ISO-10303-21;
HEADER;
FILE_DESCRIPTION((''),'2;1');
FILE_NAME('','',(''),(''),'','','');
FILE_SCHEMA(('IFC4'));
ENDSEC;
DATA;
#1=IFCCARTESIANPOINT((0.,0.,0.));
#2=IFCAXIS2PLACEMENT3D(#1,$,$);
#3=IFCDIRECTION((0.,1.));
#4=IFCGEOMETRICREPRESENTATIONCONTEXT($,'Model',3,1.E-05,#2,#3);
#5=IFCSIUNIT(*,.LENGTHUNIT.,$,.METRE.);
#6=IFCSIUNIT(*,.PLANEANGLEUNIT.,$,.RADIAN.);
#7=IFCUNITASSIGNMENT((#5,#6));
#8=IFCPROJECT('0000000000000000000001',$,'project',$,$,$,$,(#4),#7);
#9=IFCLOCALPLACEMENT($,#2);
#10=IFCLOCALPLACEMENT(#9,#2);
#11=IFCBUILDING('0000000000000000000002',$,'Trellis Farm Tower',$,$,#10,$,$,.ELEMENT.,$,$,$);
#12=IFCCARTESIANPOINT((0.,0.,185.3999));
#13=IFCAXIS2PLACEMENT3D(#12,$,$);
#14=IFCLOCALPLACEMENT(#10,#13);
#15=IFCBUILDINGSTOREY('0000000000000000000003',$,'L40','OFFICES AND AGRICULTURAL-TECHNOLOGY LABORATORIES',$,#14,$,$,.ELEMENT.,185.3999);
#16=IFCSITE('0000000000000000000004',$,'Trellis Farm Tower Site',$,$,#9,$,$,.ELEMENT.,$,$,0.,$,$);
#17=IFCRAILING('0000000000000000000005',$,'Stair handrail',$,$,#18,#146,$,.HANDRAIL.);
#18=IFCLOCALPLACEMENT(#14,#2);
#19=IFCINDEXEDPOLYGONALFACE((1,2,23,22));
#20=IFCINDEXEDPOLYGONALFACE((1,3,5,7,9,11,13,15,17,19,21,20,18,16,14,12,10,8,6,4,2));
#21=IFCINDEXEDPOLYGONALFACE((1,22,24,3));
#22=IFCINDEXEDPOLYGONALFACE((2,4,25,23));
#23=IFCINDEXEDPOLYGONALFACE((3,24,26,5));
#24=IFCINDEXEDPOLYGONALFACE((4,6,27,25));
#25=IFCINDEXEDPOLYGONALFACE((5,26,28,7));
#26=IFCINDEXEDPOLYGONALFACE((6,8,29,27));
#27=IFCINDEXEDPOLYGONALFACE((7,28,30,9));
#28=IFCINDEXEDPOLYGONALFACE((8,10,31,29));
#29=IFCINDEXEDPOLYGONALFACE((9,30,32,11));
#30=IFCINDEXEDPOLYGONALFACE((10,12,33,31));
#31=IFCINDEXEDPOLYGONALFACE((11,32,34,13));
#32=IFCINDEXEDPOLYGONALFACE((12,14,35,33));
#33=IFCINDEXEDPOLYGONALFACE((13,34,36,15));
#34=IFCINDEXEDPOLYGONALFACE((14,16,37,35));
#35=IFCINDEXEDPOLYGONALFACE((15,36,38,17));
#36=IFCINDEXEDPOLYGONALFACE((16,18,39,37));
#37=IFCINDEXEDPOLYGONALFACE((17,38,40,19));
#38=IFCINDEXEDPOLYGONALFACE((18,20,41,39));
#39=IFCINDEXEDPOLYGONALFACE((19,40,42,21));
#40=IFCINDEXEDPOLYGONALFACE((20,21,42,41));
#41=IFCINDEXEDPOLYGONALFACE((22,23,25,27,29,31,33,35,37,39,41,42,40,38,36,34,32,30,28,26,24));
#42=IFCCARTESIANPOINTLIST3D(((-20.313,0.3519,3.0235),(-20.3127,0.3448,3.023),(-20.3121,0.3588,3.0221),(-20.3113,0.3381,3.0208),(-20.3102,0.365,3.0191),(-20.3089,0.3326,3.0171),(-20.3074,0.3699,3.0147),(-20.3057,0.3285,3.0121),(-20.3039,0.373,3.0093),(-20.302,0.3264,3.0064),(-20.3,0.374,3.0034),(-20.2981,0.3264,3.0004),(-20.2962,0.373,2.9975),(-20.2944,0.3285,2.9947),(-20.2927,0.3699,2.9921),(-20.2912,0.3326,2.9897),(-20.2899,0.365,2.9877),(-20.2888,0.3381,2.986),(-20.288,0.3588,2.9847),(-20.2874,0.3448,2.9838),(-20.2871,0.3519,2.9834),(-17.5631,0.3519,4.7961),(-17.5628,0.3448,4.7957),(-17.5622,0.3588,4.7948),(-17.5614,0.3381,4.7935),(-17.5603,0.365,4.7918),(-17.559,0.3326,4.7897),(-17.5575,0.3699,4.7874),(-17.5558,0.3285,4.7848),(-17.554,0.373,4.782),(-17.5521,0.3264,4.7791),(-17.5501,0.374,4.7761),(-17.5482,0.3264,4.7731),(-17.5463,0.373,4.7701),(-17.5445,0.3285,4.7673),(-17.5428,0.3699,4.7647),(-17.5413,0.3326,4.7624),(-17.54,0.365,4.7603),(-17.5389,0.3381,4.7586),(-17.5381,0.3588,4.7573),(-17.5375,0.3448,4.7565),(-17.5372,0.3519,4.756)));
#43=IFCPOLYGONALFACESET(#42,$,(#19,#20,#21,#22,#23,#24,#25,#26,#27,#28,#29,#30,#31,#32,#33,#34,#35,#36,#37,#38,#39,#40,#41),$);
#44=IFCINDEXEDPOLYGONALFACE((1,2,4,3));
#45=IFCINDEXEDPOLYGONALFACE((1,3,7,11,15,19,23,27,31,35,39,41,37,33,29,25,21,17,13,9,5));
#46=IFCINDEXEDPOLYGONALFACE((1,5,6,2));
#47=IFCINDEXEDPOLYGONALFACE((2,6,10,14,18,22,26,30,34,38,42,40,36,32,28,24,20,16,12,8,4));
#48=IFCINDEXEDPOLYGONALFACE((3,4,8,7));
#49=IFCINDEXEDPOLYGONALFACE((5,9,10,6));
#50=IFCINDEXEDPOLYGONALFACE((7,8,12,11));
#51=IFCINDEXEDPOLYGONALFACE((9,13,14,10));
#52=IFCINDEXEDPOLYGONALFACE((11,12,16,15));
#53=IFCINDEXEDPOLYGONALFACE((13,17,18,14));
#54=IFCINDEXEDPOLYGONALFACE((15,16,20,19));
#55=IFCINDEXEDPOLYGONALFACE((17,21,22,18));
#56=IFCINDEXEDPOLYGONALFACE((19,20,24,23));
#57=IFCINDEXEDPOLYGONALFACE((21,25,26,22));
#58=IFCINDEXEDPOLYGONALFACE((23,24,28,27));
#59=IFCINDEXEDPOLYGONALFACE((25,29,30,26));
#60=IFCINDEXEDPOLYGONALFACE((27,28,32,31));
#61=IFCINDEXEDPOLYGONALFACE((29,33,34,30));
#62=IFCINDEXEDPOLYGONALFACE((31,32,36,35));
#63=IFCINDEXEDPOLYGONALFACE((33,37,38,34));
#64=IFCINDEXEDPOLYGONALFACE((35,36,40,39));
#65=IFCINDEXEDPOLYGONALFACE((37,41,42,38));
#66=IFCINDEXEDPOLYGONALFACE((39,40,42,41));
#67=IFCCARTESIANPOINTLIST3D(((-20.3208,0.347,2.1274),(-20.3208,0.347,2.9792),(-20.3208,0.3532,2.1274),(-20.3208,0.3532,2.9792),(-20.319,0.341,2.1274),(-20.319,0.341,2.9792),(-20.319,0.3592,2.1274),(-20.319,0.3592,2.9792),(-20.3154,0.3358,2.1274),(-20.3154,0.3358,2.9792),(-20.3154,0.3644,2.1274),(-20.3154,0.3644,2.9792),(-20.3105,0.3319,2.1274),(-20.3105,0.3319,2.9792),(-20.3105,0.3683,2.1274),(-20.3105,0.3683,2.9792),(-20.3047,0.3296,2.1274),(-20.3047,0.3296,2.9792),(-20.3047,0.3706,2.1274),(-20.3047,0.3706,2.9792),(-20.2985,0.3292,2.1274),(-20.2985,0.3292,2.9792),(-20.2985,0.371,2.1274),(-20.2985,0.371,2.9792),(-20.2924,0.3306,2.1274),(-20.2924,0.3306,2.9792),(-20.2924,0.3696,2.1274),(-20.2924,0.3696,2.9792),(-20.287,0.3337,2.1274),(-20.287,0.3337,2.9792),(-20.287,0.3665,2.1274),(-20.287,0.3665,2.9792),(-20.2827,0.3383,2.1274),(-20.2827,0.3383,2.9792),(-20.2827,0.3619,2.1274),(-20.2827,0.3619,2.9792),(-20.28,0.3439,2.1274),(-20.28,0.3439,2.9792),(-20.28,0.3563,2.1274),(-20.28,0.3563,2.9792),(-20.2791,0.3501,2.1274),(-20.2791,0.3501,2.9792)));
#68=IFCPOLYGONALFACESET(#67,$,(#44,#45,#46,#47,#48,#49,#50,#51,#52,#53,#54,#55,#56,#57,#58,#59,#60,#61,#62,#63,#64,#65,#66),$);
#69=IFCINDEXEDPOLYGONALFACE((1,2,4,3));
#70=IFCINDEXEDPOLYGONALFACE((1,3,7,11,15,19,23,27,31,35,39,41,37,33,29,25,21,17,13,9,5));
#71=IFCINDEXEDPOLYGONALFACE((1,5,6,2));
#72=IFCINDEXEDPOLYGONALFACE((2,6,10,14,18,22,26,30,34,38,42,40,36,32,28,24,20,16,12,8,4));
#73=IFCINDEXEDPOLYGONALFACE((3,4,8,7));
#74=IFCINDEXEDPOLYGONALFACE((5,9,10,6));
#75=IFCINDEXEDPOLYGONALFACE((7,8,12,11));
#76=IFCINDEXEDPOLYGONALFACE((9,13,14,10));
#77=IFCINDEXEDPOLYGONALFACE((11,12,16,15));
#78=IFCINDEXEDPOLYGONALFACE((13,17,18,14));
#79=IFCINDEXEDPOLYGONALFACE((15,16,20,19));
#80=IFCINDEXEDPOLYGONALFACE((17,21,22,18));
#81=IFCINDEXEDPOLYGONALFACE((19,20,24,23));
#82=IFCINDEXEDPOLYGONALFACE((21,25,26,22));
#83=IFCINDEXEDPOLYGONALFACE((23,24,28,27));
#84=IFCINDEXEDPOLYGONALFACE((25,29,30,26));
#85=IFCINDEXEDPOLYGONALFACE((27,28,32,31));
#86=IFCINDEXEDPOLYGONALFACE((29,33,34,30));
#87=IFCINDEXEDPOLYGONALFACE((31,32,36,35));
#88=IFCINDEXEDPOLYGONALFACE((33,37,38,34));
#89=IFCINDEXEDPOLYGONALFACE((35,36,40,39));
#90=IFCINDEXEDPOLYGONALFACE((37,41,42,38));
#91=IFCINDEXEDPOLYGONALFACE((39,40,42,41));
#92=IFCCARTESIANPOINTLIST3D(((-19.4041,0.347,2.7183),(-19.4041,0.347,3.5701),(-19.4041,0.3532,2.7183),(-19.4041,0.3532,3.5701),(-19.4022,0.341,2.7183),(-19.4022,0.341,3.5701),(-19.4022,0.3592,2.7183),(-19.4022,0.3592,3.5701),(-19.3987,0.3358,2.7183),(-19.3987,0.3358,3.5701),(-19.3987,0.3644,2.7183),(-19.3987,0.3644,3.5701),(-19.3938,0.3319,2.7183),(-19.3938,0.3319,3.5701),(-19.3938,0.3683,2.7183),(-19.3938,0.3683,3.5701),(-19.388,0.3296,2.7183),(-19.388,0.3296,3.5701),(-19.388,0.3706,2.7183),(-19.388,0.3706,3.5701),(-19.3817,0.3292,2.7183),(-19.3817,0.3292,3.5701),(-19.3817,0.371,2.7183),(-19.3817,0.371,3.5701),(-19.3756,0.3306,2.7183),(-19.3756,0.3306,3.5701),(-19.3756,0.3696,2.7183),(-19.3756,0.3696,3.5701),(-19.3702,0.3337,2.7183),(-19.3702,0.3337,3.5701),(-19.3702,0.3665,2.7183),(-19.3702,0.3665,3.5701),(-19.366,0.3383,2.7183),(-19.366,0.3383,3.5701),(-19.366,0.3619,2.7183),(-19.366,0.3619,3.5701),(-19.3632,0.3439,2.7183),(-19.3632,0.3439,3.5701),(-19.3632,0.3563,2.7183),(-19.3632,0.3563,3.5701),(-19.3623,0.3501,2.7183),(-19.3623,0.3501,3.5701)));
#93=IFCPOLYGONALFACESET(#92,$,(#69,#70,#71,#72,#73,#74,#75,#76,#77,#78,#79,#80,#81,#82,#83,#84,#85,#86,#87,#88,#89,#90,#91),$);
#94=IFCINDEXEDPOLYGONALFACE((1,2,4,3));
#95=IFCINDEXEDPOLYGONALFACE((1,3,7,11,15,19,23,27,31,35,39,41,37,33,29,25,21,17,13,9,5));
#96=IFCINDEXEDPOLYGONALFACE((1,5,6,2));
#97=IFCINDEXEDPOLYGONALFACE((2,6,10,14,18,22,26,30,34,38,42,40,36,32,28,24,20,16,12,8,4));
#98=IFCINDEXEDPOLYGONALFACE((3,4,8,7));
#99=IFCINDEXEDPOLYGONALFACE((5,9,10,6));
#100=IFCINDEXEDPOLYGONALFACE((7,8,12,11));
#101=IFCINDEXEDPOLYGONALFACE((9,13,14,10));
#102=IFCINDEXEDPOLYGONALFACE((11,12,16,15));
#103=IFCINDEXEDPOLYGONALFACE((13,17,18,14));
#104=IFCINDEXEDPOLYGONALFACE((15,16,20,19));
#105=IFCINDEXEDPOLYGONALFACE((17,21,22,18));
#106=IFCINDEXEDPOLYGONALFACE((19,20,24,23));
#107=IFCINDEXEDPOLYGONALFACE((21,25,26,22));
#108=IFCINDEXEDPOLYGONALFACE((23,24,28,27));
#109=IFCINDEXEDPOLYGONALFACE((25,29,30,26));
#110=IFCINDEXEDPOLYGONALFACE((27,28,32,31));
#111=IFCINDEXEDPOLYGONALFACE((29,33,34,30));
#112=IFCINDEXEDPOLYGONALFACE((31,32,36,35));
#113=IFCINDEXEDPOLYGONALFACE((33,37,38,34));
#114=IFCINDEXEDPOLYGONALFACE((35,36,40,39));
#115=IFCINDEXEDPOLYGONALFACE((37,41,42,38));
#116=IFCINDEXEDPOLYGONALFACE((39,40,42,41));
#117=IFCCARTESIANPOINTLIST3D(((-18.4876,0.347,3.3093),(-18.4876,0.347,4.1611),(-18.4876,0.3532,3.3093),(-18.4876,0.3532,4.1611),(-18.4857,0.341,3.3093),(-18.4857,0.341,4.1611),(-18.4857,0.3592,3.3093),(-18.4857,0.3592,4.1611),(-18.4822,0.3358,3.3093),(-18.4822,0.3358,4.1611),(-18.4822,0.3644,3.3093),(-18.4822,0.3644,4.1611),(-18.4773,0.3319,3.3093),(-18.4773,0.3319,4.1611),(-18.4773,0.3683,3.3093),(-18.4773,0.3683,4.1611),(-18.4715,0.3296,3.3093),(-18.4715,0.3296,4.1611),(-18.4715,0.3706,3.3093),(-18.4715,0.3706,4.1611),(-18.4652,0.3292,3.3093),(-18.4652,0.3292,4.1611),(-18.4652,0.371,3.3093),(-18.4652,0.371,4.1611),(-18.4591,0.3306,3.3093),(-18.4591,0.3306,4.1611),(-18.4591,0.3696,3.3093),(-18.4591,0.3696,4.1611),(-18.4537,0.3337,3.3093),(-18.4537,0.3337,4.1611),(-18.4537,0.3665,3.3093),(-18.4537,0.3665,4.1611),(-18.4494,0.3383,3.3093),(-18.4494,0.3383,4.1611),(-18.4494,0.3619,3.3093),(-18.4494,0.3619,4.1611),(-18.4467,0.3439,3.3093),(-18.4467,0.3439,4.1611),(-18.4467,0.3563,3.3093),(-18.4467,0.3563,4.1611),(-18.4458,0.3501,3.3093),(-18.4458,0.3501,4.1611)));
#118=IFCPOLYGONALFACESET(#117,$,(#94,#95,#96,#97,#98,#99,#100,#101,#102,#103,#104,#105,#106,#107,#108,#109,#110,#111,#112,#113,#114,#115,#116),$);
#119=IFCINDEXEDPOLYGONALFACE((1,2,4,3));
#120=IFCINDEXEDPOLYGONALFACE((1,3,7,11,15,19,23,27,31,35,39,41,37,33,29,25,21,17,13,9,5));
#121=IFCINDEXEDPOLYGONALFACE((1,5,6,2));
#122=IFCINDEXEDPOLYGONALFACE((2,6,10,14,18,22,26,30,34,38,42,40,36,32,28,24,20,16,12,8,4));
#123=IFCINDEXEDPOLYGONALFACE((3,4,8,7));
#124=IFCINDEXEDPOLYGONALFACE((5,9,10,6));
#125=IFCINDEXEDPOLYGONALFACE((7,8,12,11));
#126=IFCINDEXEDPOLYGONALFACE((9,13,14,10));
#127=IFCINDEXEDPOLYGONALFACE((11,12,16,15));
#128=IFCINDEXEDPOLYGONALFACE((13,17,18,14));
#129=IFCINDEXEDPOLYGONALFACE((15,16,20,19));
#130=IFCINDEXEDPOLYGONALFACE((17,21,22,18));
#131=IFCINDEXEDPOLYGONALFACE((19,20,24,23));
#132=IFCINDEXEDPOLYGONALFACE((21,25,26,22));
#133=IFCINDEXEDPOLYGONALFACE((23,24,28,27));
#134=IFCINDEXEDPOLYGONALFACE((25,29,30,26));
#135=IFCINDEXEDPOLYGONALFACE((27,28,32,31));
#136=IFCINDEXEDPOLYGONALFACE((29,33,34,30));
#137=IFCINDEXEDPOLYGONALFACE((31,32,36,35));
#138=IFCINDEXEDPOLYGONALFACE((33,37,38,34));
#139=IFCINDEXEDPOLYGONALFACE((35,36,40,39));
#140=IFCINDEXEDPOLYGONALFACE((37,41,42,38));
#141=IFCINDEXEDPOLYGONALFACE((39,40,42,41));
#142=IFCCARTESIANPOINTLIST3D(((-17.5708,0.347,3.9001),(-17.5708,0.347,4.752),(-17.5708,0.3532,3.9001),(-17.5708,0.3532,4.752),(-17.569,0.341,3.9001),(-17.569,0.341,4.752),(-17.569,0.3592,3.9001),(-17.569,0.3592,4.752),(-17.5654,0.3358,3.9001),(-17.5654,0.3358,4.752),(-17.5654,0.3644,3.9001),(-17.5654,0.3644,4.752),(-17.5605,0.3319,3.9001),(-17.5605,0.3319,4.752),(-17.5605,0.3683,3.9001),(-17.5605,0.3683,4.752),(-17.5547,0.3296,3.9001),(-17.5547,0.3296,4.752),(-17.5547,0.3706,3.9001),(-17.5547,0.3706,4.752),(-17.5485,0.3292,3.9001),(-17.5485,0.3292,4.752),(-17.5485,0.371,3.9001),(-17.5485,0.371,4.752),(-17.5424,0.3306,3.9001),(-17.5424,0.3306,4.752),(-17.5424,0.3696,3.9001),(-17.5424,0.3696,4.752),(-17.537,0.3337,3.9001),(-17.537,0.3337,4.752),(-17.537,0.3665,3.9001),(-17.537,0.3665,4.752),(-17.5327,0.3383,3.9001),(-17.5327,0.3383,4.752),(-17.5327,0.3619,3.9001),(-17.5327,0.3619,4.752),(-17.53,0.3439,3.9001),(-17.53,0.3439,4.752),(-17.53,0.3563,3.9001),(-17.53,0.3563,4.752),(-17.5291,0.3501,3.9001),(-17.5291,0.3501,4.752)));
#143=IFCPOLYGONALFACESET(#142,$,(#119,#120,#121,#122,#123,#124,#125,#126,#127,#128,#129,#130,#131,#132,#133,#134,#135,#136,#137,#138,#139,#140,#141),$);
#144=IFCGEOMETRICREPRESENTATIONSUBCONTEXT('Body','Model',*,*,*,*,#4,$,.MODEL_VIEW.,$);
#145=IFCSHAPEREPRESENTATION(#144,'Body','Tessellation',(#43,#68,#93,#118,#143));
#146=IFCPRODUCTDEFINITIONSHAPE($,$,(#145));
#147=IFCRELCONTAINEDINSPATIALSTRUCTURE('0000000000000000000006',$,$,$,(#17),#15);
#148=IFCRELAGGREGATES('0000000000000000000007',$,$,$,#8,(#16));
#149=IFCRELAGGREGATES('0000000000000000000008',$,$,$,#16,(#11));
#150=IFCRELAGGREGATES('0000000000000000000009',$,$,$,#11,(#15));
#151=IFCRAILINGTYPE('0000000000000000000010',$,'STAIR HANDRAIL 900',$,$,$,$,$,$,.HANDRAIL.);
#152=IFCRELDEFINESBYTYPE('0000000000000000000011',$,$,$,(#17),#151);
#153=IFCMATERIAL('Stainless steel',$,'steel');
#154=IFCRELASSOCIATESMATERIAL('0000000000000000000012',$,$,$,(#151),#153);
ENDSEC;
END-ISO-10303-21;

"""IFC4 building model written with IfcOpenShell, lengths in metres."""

from ifc_helpers import new_model, si_unit, direction, frame, origin, origin_2d, place, context, subcontext, project, spatial, circle, extrude, source, transform, mapped, material, type_object, element, save


model = new_model("IFC4")

# Units and contexts
model_context = context("Model", 3, precision=1e-05, world=origin(), true_north=direction((0.0, 1.0)))
body_context = subcontext(model_context, "Body", "Model", "MODEL_VIEW")
ifc_project = project(units=[si_unit("LENGTHUNIT", "METRE"), si_unit("PLANEANGLEUNIT", "RADIAN")], contexts=[model_context])

# Site, building, storey
site_placement = place(None, origin())
site = spatial("IfcSite", under=ifc_project, at=site_placement, Name="Trellis Farm Tower Site", CompositionType="ELEMENT", RefElevation=0.0)
building_placement = place(site_placement, origin())
building = spatial("IfcBuilding", under=site, at=building_placement, Name="Trellis Farm Tower", CompositionType="ELEMENT")
storey_placement = place(building_placement, frame((0.0, 0.0, 185.3999)))
storey = spatial("IfcBuildingStorey", under=building, at=storey_placement, Name="L40", Description="OFFICES AND AGRICULTURAL-TECHNOLOGY LABORATORIES", CompositionType="ELEMENT", Elevation=185.3999)

# Railing
ifc_material_1 = material(Name="Stainless steel", Category="steel")
railing_type = type_object("IfcRailingType", Name="STAIR HANDRAIL 900", PredefinedType="HANDRAIL", material=ifc_material_1)
shared_shape_1 = source(origin(), body_context, "Body", "SweptSolid", [
    extrude(circle(Radius=0.0239, at=origin_2d()), frame((0.0, 0.0, 0.876), z_axis=(0.840504, 0.0, 0.541806), x_axis=(0.0, 1.0, 0.0)), (0.0, 0.0, 1.0), 3.2717),
    extrude(circle(Radius=0.021, at=origin_2d()), origin(), (0.0, 0.0, 1.0), 0.8518),
    extrude(circle(Radius=0.021, at=origin_2d()), frame((0.9167, 0.0, 0.5908)), (0.0, 0.0, 1.0), 0.8518),
    extrude(circle(Radius=0.021, at=origin_2d()), frame((1.8333, 0.0, 1.1819)), (0.0, 0.0, 1.0), 0.8518),
    extrude(circle(Radius=0.021, at=origin_2d()), frame((2.75, 0.0, 1.7727)), (0.0, 0.0, 1.0), 0.8518),
])
for number, where, name in (
    (1, (-20.3, 0.3501, 2.1274), "Stair handrail"),
):
    element("IfcRailing", number, at=place(storey_placement, frame(where)), inside=storey, type_object=railing_type, Name=name, PredefinedType="HANDRAIL", context=body_context, shape_type="MappedRepresentation", body=[
        mapped(shared_shape_1, transform((0.0, 0.0, 0.0))),
    ])

save(model, "model.ifc")
